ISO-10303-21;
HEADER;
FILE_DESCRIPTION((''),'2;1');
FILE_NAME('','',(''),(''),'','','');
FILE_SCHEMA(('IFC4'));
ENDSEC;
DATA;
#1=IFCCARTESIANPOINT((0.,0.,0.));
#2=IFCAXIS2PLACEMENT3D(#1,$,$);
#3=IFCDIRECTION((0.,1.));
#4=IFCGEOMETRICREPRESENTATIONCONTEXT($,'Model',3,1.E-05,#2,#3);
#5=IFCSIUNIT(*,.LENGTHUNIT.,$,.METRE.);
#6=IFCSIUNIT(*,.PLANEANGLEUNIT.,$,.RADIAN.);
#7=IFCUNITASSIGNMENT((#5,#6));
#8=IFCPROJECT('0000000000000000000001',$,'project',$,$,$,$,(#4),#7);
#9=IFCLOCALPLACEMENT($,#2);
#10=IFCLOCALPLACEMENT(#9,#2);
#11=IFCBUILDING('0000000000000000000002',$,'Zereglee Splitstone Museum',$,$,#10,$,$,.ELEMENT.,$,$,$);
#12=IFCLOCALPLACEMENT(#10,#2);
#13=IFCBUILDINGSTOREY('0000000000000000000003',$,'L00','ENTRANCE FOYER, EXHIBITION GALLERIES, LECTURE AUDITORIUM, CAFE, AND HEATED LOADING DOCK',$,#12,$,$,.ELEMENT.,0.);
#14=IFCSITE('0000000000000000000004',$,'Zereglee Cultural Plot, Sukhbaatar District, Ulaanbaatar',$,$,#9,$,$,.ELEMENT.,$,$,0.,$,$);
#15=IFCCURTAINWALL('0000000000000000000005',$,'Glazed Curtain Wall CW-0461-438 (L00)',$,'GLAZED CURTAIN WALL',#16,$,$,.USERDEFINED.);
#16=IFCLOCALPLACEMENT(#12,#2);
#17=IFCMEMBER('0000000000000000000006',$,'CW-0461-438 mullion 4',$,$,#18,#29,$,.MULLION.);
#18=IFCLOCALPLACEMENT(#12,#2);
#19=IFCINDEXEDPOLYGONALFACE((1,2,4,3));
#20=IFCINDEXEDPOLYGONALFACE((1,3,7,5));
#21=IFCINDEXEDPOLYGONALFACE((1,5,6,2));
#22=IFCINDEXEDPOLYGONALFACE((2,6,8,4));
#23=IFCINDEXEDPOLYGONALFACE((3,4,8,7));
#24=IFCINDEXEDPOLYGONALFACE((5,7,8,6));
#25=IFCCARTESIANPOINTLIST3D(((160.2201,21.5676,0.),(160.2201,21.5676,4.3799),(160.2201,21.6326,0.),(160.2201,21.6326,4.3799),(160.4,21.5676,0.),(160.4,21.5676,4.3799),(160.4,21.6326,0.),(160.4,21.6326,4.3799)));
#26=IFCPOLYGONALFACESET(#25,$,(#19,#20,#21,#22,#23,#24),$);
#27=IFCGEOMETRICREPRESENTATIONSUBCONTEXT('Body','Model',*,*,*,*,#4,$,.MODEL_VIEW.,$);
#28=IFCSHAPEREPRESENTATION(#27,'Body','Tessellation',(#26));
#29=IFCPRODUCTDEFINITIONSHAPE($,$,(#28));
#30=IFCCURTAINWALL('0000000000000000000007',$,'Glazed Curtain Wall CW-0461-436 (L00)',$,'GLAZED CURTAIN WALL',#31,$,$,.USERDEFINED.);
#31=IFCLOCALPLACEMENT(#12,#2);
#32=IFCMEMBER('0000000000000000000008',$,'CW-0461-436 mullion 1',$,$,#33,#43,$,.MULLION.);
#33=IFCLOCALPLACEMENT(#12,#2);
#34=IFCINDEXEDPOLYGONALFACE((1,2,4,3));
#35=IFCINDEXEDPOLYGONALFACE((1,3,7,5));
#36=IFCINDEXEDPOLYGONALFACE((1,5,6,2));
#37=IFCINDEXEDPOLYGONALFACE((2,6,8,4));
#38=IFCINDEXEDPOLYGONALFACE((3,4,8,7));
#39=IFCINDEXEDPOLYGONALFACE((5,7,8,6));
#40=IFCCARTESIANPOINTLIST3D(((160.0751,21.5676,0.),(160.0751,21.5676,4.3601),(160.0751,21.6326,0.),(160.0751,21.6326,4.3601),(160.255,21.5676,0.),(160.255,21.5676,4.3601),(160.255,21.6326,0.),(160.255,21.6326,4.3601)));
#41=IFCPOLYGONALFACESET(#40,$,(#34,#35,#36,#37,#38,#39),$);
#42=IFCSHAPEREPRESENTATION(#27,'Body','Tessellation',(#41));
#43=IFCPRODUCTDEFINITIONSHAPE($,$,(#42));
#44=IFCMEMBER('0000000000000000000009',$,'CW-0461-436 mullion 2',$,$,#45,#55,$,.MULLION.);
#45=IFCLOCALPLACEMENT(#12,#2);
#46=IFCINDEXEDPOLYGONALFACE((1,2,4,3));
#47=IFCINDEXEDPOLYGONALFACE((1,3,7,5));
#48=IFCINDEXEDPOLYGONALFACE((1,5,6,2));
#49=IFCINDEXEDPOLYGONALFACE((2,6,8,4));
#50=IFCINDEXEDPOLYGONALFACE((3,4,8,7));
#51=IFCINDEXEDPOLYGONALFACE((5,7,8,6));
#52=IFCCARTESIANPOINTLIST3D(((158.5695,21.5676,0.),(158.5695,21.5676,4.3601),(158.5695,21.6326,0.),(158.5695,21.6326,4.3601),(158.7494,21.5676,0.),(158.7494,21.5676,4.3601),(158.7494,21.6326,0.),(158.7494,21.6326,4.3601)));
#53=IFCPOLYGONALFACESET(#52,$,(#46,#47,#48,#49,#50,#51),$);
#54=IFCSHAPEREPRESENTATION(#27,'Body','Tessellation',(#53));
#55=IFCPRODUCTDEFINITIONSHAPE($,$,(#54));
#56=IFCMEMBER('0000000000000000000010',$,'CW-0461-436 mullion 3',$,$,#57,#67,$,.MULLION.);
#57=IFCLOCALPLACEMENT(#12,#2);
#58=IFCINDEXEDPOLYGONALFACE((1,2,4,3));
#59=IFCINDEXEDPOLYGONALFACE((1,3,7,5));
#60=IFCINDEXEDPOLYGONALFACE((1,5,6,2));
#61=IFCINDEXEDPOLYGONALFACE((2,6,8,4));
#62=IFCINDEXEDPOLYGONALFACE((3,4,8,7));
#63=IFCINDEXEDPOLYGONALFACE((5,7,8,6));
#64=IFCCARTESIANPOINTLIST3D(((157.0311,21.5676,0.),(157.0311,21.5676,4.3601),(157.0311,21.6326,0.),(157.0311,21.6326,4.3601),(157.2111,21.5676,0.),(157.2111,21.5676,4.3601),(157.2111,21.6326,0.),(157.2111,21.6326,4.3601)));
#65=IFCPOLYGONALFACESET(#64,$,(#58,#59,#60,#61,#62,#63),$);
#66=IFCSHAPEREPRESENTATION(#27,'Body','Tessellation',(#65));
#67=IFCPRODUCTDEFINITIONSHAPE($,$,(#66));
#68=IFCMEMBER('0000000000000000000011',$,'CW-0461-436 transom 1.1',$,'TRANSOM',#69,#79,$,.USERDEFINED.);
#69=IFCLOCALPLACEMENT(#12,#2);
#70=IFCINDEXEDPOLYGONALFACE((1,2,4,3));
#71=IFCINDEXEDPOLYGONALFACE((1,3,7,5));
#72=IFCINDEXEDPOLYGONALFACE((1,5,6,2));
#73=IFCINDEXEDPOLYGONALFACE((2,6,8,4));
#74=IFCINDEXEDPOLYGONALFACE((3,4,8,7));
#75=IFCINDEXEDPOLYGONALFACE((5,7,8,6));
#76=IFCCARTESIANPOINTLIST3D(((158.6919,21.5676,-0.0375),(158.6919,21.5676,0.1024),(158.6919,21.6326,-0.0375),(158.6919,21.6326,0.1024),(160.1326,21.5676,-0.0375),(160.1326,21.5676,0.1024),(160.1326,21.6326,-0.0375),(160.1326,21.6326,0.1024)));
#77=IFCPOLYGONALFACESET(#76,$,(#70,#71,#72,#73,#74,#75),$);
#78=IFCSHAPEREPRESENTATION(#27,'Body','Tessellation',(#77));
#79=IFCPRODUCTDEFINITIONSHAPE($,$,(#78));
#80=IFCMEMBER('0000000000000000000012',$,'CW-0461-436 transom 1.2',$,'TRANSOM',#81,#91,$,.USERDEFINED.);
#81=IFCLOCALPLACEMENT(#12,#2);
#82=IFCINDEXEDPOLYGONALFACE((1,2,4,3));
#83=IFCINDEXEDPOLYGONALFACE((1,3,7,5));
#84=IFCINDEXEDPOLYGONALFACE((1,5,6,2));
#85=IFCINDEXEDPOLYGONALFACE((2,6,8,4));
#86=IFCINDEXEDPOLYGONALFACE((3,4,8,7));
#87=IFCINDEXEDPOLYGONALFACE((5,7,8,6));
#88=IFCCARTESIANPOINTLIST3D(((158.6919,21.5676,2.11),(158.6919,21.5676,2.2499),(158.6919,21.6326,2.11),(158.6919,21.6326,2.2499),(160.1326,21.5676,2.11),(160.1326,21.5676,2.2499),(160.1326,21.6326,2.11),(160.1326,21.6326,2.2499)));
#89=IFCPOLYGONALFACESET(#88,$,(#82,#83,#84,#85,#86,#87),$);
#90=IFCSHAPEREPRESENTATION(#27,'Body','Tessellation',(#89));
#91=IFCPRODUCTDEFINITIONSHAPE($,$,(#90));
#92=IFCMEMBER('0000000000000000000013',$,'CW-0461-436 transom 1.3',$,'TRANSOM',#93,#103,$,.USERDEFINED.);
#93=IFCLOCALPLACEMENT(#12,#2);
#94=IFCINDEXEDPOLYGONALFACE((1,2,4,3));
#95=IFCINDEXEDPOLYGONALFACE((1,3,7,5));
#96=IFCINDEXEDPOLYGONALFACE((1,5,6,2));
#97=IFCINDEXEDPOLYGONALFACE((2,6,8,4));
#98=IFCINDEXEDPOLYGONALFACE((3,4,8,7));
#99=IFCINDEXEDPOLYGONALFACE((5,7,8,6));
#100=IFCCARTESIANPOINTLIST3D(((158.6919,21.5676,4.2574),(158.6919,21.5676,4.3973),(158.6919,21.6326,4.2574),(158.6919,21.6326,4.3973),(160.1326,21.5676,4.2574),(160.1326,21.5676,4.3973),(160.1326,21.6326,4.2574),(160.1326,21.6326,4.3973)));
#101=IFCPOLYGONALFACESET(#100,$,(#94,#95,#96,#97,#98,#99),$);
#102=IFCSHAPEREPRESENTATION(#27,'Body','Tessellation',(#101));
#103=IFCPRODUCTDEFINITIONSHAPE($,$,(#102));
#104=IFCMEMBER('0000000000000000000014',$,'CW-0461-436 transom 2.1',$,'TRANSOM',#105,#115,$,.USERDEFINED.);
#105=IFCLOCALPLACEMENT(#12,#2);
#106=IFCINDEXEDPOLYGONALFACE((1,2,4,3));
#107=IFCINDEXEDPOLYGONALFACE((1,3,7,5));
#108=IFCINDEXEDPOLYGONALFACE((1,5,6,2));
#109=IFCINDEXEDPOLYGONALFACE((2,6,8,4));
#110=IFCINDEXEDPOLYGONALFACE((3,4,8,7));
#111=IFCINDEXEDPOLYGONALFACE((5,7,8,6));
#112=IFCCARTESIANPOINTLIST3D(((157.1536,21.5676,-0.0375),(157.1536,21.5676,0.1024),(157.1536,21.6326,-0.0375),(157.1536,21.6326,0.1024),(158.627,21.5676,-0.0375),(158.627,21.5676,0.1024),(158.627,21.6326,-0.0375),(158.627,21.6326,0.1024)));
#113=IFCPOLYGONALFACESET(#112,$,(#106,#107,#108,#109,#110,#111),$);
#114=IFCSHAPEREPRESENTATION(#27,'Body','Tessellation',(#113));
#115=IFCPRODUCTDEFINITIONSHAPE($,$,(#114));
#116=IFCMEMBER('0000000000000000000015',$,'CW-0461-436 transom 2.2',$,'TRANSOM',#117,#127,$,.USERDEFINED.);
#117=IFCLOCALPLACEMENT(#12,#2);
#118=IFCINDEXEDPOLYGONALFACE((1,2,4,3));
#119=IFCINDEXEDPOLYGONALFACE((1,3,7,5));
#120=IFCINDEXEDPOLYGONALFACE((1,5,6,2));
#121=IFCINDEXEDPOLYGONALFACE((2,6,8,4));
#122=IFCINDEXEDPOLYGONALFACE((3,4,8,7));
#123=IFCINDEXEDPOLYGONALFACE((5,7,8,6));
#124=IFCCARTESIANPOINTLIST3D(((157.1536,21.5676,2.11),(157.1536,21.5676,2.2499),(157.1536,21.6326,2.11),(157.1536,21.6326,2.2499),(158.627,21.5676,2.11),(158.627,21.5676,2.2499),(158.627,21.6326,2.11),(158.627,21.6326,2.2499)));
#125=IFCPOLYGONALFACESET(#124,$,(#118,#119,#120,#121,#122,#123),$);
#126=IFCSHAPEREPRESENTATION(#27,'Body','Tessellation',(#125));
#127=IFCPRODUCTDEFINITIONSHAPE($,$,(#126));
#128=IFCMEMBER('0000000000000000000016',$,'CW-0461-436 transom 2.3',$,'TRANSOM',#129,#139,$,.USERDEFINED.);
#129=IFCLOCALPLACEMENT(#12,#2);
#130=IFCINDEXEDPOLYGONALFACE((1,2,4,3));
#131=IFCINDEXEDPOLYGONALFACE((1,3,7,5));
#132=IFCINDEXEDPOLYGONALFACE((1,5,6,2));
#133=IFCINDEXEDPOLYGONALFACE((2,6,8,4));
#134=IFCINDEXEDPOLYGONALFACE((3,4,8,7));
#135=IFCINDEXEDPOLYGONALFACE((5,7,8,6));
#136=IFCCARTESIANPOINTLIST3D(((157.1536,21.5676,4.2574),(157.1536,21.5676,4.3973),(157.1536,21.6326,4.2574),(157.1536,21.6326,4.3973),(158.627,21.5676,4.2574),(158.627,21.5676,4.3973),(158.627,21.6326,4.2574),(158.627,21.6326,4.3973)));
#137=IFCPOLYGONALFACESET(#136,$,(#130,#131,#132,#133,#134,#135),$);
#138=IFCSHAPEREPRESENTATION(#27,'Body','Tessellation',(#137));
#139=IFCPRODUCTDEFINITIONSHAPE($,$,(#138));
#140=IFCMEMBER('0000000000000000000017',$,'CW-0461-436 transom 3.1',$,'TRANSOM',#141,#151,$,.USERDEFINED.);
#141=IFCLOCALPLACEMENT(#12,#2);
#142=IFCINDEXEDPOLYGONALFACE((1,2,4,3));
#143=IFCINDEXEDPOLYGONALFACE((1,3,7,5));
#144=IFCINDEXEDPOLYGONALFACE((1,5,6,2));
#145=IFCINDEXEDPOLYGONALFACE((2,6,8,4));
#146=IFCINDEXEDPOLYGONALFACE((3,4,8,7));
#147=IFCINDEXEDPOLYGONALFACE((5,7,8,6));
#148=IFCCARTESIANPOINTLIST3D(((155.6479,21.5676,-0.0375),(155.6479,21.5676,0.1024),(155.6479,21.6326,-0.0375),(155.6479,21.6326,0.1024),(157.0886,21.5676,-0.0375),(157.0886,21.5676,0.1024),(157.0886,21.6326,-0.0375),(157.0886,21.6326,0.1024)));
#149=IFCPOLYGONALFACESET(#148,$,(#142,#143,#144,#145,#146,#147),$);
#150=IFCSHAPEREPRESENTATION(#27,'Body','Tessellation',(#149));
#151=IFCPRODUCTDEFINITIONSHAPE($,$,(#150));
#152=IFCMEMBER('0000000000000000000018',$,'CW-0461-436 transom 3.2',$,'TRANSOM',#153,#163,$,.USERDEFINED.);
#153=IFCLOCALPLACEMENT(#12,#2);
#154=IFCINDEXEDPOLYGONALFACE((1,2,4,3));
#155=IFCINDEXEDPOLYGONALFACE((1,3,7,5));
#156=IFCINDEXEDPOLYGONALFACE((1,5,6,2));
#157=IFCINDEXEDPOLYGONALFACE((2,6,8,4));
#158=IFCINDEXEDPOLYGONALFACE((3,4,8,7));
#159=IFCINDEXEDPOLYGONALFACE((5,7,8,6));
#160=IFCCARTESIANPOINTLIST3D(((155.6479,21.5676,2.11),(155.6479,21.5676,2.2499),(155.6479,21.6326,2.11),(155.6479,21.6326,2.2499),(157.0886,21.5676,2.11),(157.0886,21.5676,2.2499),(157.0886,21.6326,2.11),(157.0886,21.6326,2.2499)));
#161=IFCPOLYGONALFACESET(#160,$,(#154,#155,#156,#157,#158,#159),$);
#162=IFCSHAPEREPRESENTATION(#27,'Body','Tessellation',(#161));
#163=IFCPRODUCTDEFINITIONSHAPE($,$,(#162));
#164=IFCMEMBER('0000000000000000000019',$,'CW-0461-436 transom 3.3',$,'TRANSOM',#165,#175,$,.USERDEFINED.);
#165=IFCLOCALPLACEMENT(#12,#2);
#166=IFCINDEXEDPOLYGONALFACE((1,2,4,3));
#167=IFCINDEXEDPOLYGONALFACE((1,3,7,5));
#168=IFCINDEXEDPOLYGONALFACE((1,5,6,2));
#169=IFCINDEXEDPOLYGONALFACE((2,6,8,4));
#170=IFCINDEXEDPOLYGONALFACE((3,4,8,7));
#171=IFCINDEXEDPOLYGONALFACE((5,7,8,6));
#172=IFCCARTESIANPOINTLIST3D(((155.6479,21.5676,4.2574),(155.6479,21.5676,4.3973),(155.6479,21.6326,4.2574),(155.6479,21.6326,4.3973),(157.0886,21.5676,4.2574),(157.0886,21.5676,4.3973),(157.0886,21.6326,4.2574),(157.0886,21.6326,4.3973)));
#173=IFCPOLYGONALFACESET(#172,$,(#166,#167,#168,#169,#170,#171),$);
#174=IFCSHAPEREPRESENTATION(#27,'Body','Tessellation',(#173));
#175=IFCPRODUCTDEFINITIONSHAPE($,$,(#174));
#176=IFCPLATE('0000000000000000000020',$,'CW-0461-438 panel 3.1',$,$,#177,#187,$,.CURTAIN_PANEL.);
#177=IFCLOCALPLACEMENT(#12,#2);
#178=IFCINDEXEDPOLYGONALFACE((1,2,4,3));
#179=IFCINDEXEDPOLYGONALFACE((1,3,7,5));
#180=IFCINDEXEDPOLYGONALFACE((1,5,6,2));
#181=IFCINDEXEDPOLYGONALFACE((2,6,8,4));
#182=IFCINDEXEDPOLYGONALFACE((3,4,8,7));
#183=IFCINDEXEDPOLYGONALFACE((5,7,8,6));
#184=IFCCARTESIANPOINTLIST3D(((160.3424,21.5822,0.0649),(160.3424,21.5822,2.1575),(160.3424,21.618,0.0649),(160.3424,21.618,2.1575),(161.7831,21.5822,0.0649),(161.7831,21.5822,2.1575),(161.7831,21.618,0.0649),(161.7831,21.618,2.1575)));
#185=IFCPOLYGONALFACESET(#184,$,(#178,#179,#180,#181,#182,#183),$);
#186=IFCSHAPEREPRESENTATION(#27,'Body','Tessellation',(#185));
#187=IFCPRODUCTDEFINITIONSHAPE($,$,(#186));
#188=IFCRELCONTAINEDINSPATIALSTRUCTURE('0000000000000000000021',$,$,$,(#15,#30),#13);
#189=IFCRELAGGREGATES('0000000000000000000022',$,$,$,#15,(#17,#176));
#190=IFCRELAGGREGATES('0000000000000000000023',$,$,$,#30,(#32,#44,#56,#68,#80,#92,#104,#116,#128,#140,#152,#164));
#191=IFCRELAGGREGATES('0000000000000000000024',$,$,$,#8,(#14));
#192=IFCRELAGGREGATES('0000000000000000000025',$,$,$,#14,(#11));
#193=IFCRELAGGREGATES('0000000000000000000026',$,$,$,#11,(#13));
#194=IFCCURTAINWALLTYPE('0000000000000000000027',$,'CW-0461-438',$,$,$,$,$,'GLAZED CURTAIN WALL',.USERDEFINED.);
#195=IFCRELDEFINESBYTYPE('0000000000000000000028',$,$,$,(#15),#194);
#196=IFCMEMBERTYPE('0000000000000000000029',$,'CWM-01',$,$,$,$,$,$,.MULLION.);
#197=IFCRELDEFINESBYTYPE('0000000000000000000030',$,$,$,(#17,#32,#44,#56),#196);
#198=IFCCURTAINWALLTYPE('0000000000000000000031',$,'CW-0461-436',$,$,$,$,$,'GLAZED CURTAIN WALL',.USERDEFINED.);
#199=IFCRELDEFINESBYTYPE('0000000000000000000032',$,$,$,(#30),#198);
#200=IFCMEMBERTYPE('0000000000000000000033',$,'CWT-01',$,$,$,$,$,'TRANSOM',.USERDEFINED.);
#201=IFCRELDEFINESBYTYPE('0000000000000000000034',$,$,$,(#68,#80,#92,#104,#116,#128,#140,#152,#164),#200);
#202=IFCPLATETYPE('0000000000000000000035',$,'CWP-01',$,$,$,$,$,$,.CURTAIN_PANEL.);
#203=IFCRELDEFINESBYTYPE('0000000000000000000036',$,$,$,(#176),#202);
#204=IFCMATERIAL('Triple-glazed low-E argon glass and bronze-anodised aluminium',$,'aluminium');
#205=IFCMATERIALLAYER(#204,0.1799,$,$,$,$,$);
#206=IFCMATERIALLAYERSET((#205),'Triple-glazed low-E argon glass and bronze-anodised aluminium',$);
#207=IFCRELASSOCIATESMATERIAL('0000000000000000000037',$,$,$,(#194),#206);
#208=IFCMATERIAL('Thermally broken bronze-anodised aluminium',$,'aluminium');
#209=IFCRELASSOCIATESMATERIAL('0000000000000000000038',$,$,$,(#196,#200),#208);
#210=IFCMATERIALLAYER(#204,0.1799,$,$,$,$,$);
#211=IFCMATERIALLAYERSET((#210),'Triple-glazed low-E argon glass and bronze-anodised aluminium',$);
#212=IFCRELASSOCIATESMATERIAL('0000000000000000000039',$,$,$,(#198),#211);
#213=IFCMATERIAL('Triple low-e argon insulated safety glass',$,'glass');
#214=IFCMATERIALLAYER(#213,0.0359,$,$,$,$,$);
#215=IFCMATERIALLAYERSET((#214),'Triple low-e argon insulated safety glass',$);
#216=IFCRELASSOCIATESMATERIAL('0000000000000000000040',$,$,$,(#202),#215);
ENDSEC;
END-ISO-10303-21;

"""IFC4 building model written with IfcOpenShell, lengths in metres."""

from ifc_helpers import new_model, si_unit, direction, frame, origin, origin_2d, place, context, subcontext, project, spatial, rectangle, extrude, material, layer, layer_set, material_profile, profile_set, type_object, element, aggregate, save


model = new_model("IFC4")

# Units and contexts
model_context = context("Model", 3, precision=1e-05, world=origin(), true_north=direction((0.0, 1.0)))
body_context = subcontext(model_context, "Body", "Model", "MODEL_VIEW")
ifc_project = project(units=[si_unit("LENGTHUNIT", "METRE"), si_unit("PLANEANGLEUNIT", "RADIAN")], contexts=[model_context])

# Site, building, storey
site_placement = place(None, origin())
site = spatial("IfcSite", under=ifc_project, at=site_placement, Name="Zereglee Cultural Plot, Sukhbaatar District, Ulaanbaatar", CompositionType="ELEMENT", RefElevation=0.0)
building_placement = place(site_placement, origin())
building = spatial("IfcBuilding", under=site, at=building_placement, Name="Zereglee Splitstone Museum", CompositionType="ELEMENT")
storey_placement = place(building_placement, origin())
storey = spatial("IfcBuildingStorey", under=building, at=storey_placement, Name="L00", Description="ENTRANCE FOYER, EXHIBITION GALLERIES, LECTURE AUDITORIUM, CAFE, AND HEATED LOADING DOCK", CompositionType="ELEMENT", Elevation=0.0)

# Curtain wall, member
ifc_material_1 = material(Name="Triple-glazed low-E argon glass and bronze-anodised aluminium", Category="aluminium")
ifc_layer_1 = layer(ifc_material_1, 0.1799)
ifc_layer_set_1 = layer_set([ifc_layer_1], Name="Triple-glazed low-E argon glass and bronze-anodised aluminium")
curtain_wall_type_1 = type_object("IfcCurtainWallType", Name="CW-0461-438", ElementType="GLAZED CURTAIN WALL", PredefinedType="USERDEFINED", material=ifc_layer_set_1)
curtain_wall_1_placement = place(storey_placement, origin())
curtain_wall_1 = element("IfcCurtainWall", 1, at=curtain_wall_1_placement, inside=storey, type_object=curtain_wall_type_1, Name="Glazed Curtain Wall CW-0461-438 (L00)", ObjectType="GLAZED CURTAIN WALL", PredefinedType="USERDEFINED")
ifc_material_2 = material(Name="Thermally broken bronze-anodised aluminium", Category="aluminium")
ifc_material_profile_1 = material_profile(ifc_material_2, rectangle(XDim=0.0649, YDim=0.1799, at=origin_2d()), Name="CW MULL 65x180")
ifc_profile_set_1 = profile_set([ifc_material_profile_1], Name="Thermally broken bronze-anodised aluminium")
member_type_1 = type_object("IfcMemberType", Name="CWM-01", PredefinedType="MULLION", material=ifc_profile_set_1)
member_1_placement = place(storey_placement, frame((160.3101, 21.6001, 0.0), z_axis=(0.0, 0.0, 1.0), x_axis=(0.0, -1.0, 0.0)))
member_1 = element("IfcMember", 2, at=member_1_placement, type_object=member_type_1, Name="CW-0461-438 mullion 4", PredefinedType="MULLION", context=body_context, shape_type="SweptSolid", body=[
    extrude(rectangle(XDim=0.0649, YDim=0.1799, at=origin_2d()), origin(), (0.0, 0.0, 1.0), 4.3799),
])

# Curtain wall, members
ifc_layer_2 = layer(ifc_material_1, 0.1799)
ifc_layer_set_2 = layer_set([ifc_layer_2], Name="Triple-glazed low-E argon glass and bronze-anodised aluminium")
curtain_wall_type_2 = type_object("IfcCurtainWallType", Name="CW-0461-436", ElementType="GLAZED CURTAIN WALL", PredefinedType="USERDEFINED", material=ifc_layer_set_2)
curtain_wall_2_placement = place(storey_placement, origin())
curtain_wall_2 = element("IfcCurtainWall", 3, at=curtain_wall_2_placement, inside=storey, type_object=curtain_wall_type_2, Name="Glazed Curtain Wall CW-0461-436 (L00)", ObjectType="GLAZED CURTAIN WALL", PredefinedType="USERDEFINED")
member_2_placement = place(storey_placement, frame((160.165, 21.6001, 0.0), z_axis=(0.0, 0.0, 1.0), x_axis=(0.0, -1.0, 0.0)))
member_2 = element("IfcMember", 4, at=member_2_placement, type_object=member_type_1, Name="CW-0461-436 mullion 1", PredefinedType="MULLION", context=body_context, shape_type="SweptSolid", body=[
    extrude(rectangle(XDim=0.0649, YDim=0.1799, at=origin_2d()), origin(), (0.0, 0.0, 1.0), 4.3601),
])
member_3_placement = place(storey_placement, frame((158.6594, 21.6001, 0.0), z_axis=(0.0, 0.0, 1.0), x_axis=(0.0, -1.0, 0.0)))
member_3 = element("IfcMember", 5, at=member_3_placement, type_object=member_type_1, Name="CW-0461-436 mullion 2", PredefinedType="MULLION", context=body_context, shape_type="SweptSolid", body=[
    extrude(rectangle(XDim=0.0649, YDim=0.1799, at=origin_2d()), origin(), (0.0, 0.0, 1.0), 4.3601),
])
member_4_placement = place(storey_placement, frame((157.1211, 21.6001, 0.0), z_axis=(0.0, 0.0, 1.0), x_axis=(0.0, -1.0, 0.0)))
member_4 = element("IfcMember", 6, at=member_4_placement, type_object=member_type_1, Name="CW-0461-436 mullion 3", PredefinedType="MULLION", context=body_context, shape_type="SweptSolid", body=[
    extrude(rectangle(XDim=0.0649, YDim=0.1799, at=origin_2d()), origin(), (0.0, 0.0, 1.0), 4.3601),
])
ifc_material_profile_2 = material_profile(ifc_material_2, rectangle(XDim=0.0649, YDim=0.1399, at=origin_2d()), Name="CW TRAN 65x140")
ifc_profile_set_2 = profile_set([ifc_material_profile_2], Name="Thermally broken bronze-anodised aluminium")
member_type_2 = type_object("IfcMemberType", Name="CWT-01", ElementType="TRANSOM", PredefinedType="USERDEFINED", material=ifc_profile_set_2)
member_5_placement = place(storey_placement, frame((160.1326, 21.6001, 0.0325), z_axis=(-1.0, 0.0, 0.0), x_axis=(0.0, -1.0, 0.0)))
member_5 = element("IfcMember", 7, at=member_5_placement, type_object=member_type_2, Name="CW-0461-436 transom 1.1", ObjectType="TRANSOM", PredefinedType="USERDEFINED", context=body_context, shape_type="SweptSolid", body=[
    extrude(rectangle(XDim=0.0649, YDim=0.1399, at=origin_2d()), origin(), (0.0, 0.0, 1.0), 1.4407),
])
member_6_placement = place(storey_placement, frame((160.1326, 21.6001, 2.1799), z_axis=(-1.0, 0.0, 0.0), x_axis=(0.0, -1.0, 0.0)))
member_6 = element("IfcMember", 8, at=member_6_placement, type_object=member_type_2, Name="CW-0461-436 transom 1.2", ObjectType="TRANSOM", PredefinedType="USERDEFINED", context=body_context, shape_type="SweptSolid", body=[
    extrude(rectangle(XDim=0.0649, YDim=0.1399, at=origin_2d()), origin(), (0.0, 0.0, 1.0), 1.4407),
])
member_7_placement = place(storey_placement, frame((160.1326, 21.6001, 4.3274), z_axis=(-1.0, 0.0, 0.0), x_axis=(0.0, -1.0, 0.0)))
member_7 = element("IfcMember", 9, at=member_7_placement, type_object=member_type_2, Name="CW-0461-436 transom 1.3", ObjectType="TRANSOM", PredefinedType="USERDEFINED", context=body_context, shape_type="SweptSolid", body=[
    extrude(rectangle(XDim=0.0649, YDim=0.1399, at=origin_2d()), origin(), (0.0, 0.0, 1.0), 1.4407),
])
member_8_placement = place(storey_placement, frame((158.627, 21.6001, 0.0325), z_axis=(-1.0, 0.0, 0.0), x_axis=(0.0, -1.0, 0.0)))
member_8 = element("IfcMember", 10, at=member_8_placement, type_object=member_type_2, Name="CW-0461-436 transom 2.1", ObjectType="TRANSOM", PredefinedType="USERDEFINED", context=body_context, shape_type="SweptSolid", body=[
    extrude(rectangle(XDim=0.0649, YDim=0.1399, at=origin_2d()), origin(), (0.0, 0.0, 1.0), 1.4734),
])
member_9_placement = place(storey_placement, frame((158.627, 21.6001, 2.1799), z_axis=(-1.0, 0.0, 0.0), x_axis=(0.0, -1.0, 0.0)))
member_9 = element("IfcMember", 11, at=member_9_placement, type_object=member_type_2, Name="CW-0461-436 transom 2.2", ObjectType="TRANSOM", PredefinedType="USERDEFINED", context=body_context, shape_type="SweptSolid", body=[
    extrude(rectangle(XDim=0.0649, YDim=0.1399, at=origin_2d()), origin(), (0.0, 0.0, 1.0), 1.4734),
])
member_10_placement = place(storey_placement, frame((158.627, 21.6001, 4.3274), z_axis=(-1.0, 0.0, 0.0), x_axis=(0.0, -1.0, 0.0)))
member_10 = element("IfcMember", 12, at=member_10_placement, type_object=member_type_2, Name="CW-0461-436 transom 2.3", ObjectType="TRANSOM", PredefinedType="USERDEFINED", context=body_context, shape_type="SweptSolid", body=[
    extrude(rectangle(XDim=0.0649, YDim=0.1399, at=origin_2d()), origin(), (0.0, 0.0, 1.0), 1.4734),
])
member_11_placement = place(storey_placement, frame((157.0886, 21.6001, 0.0325), z_axis=(-1.0, 0.0, 0.0), x_axis=(0.0, -1.0, 0.0)))
member_11 = element("IfcMember", 13, at=member_11_placement, type_object=member_type_2, Name="CW-0461-436 transom 3.1", ObjectType="TRANSOM", PredefinedType="USERDEFINED", context=body_context, shape_type="SweptSolid", body=[
    extrude(rectangle(XDim=0.0649, YDim=0.1399, at=origin_2d()), origin(), (0.0, 0.0, 1.0), 1.4407),
])
member_12_placement = place(storey_placement, frame((157.0886, 21.6001, 2.1799), z_axis=(-1.0, 0.0, 0.0), x_axis=(0.0, -1.0, 0.0)))
member_12 = element("IfcMember", 14, at=member_12_placement, type_object=member_type_2, Name="CW-0461-436 transom 3.2", ObjectType="TRANSOM", PredefinedType="USERDEFINED", context=body_context, shape_type="SweptSolid", body=[
    extrude(rectangle(XDim=0.0649, YDim=0.1399, at=origin_2d()), origin(), (0.0, 0.0, 1.0), 1.4407),
])
member_13_placement = place(storey_placement, frame((157.0886, 21.6001, 4.3274), z_axis=(-1.0, 0.0, 0.0), x_axis=(0.0, -1.0, 0.0)))
member_13 = element("IfcMember", 15, at=member_13_placement, type_object=member_type_2, Name="CW-0461-436 transom 3.3", ObjectType="TRANSOM", PredefinedType="USERDEFINED", context=body_context, shape_type="SweptSolid", body=[
    extrude(rectangle(XDim=0.0649, YDim=0.1399, at=origin_2d()), origin(), (0.0, 0.0, 1.0), 1.4407),
])

# Plate
ifc_material_3 = material(Name="Triple low-e argon insulated safety glass", Category="glass")
ifc_layer_3 = layer(ifc_material_3, 0.0359)
ifc_layer_set_3 = layer_set([ifc_layer_3], Name="Triple low-e argon insulated safety glass")
plate_type = type_object("IfcPlateType", Name="CWP-01", PredefinedType="CURTAIN_PANEL", material=ifc_layer_set_3)
plate_1_placement = place(storey_placement, frame((161.0627, 21.6001, 0.0649), z_axis=(0.0, 0.0, 1.0), x_axis=(-1.0, 0.0, 0.0)))
plate_1 = element("IfcPlate", 16, at=plate_1_placement, type_object=plate_type, Name="CW-0461-438 panel 3.1", PredefinedType="CURTAIN_PANEL", context=body_context, shape_type="SweptSolid", body=[
    extrude(rectangle(XDim=1.4407, YDim=0.0359, at=origin_2d()), origin(), (0.0, 0.0, 1.0), 2.0925),
])
aggregate(curtain_wall_1, [member_1, plate_1])
aggregate(curtain_wall_2, [member_2, member_3, member_4, member_5, member_6, member_7, member_8, member_9, member_10, member_11, member_12, member_13])

save(model, "model.ifc")
